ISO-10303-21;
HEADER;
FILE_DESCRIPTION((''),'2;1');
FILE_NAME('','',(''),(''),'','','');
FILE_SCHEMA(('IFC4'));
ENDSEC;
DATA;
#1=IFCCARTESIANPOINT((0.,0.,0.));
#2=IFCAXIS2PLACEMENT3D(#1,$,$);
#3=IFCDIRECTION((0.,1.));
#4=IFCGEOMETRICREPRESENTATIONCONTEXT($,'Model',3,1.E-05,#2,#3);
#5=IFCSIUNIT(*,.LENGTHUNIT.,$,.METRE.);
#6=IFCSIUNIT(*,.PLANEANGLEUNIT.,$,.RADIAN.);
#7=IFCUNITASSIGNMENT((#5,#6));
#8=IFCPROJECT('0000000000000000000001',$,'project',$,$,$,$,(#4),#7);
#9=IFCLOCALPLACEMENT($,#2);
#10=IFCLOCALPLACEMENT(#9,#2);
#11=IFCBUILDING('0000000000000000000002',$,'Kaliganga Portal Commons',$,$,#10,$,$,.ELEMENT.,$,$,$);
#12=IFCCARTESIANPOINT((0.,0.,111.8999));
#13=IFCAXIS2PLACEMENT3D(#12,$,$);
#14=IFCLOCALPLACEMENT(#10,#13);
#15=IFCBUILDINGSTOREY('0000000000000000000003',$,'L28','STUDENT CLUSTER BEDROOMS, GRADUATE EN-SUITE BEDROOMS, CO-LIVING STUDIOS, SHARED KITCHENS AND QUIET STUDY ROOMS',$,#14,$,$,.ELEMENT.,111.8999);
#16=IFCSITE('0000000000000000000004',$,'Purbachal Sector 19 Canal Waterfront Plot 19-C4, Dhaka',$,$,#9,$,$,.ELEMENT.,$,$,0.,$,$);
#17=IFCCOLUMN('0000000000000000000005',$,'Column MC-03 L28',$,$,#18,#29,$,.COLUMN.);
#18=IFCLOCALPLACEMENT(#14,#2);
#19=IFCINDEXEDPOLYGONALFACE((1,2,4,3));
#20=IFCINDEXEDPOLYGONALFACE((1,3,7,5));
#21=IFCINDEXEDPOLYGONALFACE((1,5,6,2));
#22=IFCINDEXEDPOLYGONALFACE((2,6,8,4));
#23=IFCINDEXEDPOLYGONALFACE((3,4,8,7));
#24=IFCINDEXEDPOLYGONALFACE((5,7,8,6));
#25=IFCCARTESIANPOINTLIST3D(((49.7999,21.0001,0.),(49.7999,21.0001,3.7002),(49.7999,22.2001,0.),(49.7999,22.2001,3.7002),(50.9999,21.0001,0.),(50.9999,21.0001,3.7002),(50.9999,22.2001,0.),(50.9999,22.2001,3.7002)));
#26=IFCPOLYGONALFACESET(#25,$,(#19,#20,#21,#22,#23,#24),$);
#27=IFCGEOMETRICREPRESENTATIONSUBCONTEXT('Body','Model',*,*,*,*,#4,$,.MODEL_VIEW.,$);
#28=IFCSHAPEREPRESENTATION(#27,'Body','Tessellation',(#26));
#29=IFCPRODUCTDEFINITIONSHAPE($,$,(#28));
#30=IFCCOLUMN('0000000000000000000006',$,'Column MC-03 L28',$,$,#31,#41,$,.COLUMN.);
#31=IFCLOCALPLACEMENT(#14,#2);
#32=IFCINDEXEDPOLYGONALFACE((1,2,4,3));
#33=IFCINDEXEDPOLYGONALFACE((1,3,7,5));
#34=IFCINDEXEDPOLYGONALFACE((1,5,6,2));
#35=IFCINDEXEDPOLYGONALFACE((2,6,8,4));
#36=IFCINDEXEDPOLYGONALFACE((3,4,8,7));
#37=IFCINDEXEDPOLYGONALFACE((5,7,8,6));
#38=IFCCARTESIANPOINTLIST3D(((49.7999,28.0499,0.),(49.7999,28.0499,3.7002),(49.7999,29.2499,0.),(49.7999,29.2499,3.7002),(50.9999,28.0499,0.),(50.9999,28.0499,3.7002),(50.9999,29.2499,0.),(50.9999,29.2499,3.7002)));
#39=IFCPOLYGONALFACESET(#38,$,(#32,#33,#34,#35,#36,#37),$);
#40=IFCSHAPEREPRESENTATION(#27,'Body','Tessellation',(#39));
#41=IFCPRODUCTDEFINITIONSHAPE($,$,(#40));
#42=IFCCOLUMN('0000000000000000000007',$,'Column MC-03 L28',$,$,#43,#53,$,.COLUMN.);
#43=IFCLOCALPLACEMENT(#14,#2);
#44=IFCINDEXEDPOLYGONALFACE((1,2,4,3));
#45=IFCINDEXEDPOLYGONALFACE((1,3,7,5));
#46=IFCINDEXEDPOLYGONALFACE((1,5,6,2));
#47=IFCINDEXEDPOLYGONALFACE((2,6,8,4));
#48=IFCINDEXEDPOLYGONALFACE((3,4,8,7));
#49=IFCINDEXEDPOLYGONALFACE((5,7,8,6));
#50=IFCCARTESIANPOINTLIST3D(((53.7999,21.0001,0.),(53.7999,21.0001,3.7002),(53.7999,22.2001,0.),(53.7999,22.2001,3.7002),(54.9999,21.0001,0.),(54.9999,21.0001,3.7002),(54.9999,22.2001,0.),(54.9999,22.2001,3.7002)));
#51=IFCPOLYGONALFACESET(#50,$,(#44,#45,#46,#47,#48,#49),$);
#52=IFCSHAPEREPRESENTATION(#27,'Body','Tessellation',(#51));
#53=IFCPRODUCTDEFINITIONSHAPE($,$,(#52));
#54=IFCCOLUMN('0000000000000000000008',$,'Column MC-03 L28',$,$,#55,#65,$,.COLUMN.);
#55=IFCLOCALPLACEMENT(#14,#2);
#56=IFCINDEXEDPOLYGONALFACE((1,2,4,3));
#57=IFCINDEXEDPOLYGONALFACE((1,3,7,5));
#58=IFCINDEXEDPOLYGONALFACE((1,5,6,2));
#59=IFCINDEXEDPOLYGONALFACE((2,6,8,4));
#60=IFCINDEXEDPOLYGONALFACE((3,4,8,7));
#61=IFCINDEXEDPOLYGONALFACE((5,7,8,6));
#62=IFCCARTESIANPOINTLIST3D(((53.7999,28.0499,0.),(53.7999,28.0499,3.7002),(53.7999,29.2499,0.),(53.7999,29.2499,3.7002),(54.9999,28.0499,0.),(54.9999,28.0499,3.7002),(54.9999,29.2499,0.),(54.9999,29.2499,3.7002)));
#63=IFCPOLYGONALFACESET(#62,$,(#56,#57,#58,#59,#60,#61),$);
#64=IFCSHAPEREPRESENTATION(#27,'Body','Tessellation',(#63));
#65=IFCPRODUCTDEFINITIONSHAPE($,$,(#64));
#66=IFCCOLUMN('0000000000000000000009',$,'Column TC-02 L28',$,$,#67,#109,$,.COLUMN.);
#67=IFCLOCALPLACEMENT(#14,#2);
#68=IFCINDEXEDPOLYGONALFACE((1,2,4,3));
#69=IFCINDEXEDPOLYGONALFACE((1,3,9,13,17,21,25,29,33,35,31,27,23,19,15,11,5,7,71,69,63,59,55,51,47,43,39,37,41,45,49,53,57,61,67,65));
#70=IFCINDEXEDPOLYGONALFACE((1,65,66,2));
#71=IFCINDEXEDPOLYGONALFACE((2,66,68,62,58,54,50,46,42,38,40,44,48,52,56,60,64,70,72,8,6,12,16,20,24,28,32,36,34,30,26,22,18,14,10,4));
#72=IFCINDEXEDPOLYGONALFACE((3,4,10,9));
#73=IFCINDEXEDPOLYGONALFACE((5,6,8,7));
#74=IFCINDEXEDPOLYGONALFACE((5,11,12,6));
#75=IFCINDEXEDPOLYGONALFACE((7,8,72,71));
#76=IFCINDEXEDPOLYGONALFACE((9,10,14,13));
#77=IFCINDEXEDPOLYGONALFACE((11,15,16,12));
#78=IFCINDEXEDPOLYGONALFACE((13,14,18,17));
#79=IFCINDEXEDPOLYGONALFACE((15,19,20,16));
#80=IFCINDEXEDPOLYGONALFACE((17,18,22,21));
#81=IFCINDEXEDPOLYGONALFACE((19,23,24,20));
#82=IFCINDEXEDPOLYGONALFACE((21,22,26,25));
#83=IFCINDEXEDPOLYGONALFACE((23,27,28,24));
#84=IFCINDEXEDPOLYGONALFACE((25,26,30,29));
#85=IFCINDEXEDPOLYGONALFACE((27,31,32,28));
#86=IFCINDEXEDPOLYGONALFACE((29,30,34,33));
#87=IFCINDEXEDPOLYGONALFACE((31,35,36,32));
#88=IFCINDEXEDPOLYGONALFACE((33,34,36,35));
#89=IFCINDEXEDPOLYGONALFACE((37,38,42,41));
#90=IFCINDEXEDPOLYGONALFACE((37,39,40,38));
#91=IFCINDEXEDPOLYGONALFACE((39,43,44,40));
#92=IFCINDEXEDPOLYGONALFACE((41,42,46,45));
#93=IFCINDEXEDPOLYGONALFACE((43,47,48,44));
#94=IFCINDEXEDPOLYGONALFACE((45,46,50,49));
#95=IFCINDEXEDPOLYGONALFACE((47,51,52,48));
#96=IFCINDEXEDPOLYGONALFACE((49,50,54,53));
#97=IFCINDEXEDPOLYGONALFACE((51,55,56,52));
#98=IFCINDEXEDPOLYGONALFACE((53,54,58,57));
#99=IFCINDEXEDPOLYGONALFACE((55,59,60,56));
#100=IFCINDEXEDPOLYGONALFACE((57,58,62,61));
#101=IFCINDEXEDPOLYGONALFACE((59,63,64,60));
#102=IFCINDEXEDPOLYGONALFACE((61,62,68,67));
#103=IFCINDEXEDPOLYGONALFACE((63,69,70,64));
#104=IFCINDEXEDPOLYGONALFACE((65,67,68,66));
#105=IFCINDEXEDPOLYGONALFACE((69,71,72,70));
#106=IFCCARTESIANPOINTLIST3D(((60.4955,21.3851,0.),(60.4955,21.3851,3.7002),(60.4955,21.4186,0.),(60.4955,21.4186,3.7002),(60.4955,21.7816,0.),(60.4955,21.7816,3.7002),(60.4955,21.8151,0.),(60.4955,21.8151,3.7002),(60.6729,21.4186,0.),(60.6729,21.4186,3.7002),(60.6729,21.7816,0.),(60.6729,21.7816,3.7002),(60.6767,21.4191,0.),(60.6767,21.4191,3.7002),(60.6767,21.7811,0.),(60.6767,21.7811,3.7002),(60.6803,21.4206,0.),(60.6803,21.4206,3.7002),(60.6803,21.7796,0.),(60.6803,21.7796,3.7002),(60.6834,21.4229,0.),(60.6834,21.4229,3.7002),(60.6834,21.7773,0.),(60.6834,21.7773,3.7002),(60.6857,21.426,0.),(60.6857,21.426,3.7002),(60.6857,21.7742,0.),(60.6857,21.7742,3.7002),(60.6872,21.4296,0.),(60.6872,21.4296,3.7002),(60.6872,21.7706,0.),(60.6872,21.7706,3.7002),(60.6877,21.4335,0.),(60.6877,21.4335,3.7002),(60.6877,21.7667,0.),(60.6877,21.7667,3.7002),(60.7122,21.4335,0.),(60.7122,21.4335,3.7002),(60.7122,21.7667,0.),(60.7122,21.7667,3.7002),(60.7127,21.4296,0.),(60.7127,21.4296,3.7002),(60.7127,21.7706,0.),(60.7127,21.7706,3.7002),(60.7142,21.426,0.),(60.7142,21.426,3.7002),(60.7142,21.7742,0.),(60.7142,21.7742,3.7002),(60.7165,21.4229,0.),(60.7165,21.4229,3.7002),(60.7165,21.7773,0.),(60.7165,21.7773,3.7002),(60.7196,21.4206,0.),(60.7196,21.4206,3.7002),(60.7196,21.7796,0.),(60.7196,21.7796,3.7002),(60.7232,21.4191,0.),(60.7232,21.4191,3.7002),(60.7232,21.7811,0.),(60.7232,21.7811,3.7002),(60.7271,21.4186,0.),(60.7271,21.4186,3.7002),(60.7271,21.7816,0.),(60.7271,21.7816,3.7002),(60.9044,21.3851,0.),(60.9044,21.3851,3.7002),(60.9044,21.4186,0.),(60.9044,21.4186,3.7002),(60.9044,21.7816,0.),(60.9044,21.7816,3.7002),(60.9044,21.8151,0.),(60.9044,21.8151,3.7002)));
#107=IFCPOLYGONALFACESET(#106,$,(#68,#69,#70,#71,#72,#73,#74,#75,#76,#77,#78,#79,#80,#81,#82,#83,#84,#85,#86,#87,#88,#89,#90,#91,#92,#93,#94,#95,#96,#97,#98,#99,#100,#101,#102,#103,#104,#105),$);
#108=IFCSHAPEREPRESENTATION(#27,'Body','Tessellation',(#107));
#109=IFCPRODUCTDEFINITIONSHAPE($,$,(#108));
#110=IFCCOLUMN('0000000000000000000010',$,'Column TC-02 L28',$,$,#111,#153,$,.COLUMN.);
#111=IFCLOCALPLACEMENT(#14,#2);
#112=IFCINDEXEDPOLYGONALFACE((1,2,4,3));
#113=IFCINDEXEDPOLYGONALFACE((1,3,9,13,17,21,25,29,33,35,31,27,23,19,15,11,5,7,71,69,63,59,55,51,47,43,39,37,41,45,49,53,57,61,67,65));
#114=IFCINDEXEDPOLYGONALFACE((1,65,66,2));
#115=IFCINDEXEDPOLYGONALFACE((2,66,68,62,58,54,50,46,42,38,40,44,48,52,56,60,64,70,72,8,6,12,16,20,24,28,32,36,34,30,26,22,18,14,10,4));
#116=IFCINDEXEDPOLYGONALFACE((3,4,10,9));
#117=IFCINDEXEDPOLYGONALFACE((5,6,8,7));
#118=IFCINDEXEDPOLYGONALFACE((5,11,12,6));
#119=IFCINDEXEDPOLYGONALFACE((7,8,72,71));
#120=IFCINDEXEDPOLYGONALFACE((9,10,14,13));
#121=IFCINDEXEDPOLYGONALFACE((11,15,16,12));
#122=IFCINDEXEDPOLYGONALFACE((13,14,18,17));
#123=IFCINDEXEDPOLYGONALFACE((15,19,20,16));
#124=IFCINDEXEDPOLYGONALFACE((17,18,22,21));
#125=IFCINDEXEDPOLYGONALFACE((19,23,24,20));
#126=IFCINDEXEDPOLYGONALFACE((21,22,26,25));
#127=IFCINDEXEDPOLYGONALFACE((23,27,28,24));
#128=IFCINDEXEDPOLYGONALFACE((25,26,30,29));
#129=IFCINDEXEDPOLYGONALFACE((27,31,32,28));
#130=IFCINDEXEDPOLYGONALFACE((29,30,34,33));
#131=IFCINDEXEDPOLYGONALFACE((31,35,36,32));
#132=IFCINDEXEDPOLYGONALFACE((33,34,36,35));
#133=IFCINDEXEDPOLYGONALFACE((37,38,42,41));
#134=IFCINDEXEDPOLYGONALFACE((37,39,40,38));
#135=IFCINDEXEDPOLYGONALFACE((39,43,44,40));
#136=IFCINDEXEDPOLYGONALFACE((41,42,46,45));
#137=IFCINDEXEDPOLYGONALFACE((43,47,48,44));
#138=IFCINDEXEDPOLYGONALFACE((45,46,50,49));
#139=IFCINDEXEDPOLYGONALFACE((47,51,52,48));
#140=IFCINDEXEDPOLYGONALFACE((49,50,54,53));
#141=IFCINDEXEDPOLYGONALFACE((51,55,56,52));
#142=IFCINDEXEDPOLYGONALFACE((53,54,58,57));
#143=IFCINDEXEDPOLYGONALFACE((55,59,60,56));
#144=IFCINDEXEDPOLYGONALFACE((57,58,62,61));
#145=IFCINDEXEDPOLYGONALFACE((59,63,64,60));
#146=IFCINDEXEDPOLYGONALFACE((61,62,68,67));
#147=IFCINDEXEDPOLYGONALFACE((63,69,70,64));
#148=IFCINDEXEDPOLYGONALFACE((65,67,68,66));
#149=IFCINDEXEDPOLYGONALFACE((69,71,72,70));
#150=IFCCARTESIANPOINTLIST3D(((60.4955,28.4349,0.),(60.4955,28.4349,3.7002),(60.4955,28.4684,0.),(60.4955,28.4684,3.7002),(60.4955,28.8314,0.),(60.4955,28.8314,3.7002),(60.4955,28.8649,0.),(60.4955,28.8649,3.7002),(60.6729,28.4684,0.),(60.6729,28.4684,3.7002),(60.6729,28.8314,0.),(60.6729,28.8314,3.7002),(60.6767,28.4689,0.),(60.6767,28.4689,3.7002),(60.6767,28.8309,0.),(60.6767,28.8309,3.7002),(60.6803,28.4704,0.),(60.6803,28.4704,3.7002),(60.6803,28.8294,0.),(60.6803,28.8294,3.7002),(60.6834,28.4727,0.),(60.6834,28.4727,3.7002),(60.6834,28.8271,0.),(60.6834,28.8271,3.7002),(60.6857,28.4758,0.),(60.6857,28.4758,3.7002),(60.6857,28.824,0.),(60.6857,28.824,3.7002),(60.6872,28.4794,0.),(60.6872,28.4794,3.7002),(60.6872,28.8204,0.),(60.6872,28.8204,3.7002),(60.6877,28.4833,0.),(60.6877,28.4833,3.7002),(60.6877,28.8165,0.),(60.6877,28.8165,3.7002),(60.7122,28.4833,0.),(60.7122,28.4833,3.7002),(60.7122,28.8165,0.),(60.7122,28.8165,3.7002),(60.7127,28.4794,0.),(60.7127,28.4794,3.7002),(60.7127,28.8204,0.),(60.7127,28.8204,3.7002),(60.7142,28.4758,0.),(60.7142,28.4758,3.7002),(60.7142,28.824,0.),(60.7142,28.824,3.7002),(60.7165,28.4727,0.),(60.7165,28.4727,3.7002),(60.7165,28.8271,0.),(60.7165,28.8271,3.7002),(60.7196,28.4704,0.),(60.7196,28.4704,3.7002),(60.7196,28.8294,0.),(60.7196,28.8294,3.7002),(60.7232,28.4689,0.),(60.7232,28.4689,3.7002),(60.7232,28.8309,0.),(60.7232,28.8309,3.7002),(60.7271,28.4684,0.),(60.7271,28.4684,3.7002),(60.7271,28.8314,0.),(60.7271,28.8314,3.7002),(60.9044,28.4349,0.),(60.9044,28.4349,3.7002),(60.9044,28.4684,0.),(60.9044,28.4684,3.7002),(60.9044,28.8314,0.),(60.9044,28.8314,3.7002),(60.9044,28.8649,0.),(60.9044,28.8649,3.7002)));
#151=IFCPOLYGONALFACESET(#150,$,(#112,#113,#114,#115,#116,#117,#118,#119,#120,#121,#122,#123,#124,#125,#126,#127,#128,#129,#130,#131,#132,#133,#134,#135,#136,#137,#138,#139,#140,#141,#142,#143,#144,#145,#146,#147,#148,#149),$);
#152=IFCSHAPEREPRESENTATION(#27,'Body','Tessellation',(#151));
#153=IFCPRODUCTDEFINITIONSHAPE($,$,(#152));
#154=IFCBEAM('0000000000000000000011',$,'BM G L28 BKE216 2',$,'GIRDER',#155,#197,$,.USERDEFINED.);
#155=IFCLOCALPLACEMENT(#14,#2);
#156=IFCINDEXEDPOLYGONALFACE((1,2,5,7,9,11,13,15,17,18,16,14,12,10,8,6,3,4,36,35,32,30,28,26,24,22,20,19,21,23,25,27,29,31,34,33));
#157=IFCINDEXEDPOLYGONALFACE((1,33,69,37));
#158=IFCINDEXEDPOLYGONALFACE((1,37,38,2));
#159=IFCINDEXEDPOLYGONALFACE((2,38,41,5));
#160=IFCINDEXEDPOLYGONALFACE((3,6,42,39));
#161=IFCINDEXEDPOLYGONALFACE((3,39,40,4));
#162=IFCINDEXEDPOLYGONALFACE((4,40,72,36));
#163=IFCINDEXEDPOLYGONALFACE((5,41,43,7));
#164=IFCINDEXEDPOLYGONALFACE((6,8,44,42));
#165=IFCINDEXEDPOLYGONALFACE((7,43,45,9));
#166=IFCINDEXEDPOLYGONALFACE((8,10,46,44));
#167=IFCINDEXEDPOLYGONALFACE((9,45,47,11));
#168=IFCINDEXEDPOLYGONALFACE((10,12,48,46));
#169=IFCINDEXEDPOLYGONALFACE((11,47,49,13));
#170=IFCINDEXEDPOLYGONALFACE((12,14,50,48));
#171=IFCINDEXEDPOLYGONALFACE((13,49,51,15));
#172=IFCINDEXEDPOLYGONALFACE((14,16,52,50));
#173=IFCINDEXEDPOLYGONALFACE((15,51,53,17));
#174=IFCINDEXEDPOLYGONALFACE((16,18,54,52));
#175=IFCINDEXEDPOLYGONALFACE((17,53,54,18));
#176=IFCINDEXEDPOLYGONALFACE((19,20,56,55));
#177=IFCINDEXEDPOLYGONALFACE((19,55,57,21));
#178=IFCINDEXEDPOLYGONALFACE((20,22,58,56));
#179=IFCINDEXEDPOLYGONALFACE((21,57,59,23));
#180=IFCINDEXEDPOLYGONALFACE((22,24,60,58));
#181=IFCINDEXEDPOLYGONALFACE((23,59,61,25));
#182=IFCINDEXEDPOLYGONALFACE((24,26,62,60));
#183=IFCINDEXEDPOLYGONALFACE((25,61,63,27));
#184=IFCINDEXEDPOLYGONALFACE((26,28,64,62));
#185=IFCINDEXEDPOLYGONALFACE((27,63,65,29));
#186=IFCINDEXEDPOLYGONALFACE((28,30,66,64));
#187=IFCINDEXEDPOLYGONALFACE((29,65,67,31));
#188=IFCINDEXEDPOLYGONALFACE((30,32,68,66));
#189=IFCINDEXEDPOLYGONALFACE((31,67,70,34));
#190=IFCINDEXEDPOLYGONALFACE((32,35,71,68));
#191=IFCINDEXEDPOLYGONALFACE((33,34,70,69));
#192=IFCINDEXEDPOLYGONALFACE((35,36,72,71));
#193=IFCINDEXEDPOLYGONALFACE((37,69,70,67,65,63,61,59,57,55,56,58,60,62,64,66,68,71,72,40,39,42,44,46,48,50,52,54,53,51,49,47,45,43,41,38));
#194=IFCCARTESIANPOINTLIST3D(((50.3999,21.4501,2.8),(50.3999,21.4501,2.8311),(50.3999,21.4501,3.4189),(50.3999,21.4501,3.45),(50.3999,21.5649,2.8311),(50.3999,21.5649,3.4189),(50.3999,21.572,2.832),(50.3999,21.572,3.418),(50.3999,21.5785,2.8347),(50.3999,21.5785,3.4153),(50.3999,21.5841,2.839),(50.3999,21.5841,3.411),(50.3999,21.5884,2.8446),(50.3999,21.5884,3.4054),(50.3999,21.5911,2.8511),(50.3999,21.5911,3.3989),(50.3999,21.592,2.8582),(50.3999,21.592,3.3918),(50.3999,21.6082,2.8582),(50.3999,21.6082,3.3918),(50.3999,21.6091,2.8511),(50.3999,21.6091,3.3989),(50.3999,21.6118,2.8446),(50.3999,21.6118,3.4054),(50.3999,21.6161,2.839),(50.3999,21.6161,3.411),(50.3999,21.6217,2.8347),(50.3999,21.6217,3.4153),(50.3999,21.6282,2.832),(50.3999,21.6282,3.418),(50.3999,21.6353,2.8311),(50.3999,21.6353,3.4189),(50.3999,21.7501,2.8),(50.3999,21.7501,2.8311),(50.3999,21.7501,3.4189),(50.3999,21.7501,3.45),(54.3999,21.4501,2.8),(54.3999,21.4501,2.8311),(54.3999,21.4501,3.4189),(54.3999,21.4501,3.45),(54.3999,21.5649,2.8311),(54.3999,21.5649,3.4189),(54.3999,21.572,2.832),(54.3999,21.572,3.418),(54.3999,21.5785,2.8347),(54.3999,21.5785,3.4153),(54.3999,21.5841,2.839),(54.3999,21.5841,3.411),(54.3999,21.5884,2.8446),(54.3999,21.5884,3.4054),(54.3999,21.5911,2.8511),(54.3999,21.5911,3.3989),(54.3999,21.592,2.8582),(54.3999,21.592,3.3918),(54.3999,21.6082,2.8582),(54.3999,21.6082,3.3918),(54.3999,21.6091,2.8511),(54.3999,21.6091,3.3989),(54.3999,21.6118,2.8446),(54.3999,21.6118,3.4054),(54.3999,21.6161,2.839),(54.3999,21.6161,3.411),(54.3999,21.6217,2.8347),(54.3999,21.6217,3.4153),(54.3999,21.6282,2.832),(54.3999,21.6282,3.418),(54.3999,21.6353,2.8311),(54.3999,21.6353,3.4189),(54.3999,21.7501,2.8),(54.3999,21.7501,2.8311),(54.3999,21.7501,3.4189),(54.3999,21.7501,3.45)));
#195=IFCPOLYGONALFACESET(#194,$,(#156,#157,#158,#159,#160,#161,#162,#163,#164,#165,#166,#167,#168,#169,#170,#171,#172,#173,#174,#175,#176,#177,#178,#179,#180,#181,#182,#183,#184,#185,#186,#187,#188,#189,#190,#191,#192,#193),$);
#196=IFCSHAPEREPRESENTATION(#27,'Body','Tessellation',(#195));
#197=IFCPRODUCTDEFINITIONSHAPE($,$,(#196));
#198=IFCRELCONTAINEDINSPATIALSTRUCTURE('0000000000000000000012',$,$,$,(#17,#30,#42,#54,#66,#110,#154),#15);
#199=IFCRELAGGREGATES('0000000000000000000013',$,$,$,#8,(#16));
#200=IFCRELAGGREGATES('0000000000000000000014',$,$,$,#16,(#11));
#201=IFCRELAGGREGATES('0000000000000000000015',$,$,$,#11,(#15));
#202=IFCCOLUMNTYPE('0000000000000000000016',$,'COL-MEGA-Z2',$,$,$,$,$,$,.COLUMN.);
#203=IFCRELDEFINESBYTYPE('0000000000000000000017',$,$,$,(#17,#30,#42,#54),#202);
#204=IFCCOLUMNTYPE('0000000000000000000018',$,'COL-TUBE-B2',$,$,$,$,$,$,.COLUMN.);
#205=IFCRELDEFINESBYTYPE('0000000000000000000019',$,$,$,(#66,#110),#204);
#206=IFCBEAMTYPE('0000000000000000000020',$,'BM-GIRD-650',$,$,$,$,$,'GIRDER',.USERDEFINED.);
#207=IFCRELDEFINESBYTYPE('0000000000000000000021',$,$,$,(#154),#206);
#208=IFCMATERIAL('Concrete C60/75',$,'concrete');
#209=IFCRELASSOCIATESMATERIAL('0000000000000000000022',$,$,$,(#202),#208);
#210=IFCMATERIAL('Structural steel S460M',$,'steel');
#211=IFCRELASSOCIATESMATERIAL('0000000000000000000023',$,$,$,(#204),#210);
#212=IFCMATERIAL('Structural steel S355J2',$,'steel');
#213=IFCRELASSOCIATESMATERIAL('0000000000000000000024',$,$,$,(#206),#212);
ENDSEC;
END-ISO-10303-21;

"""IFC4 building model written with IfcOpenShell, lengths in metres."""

from ifc_helpers import new_model, si_unit, direction, frame, origin, origin_2d, place, context, subcontext, project, spatial, rectangle, i_section, extrude, source, transform, mapped, material, material_profile, profile_set, type_object, element, save


model = new_model("IFC4")

# Units and contexts
model_context = context("Model", 3, precision=1e-05, world=origin(), true_north=direction((0.0, 1.0)))
body_context = subcontext(model_context, "Body", "Model", "MODEL_VIEW")
ifc_project = project(units=[si_unit("LENGTHUNIT", "METRE"), si_unit("PLANEANGLEUNIT", "RADIAN")], contexts=[model_context])

# Site, building, storey
site_placement = place(None, origin())
site = spatial("IfcSite", under=ifc_project, at=site_placement, Name="Purbachal Sector 19 Canal Waterfront Plot 19-C4, Dhaka", CompositionType="ELEMENT", RefElevation=0.0)
building_placement = place(site_placement, origin())
building = spatial("IfcBuilding", under=site, at=building_placement, Name="Kaliganga Portal Commons", CompositionType="ELEMENT")
storey_placement = place(building_placement, frame((0.0, 0.0, 111.8999)))
storey = spatial("IfcBuildingStorey", under=building, at=storey_placement, Name="L28", Description="STUDENT CLUSTER BEDROOMS, GRADUATE EN-SUITE BEDROOMS, CO-LIVING STUDIOS, SHARED KITCHENS AND QUIET STUDY ROOMS", CompositionType="ELEMENT", Elevation=111.8999)

# Columns
ifc_material_1 = material(Name="Concrete C60/75", Category="concrete")
ifc_material_profile_1 = material_profile(ifc_material_1, rectangle(XDim=1.2, YDim=1.2, at=origin_2d()), Name="RC 1200x1200")
ifc_profile_set_1 = profile_set([ifc_material_profile_1], Name="Concrete C60/75")
column_type_1 = type_object("IfcColumnType", Name="COL-MEGA-Z2", PredefinedType="COLUMN", material=ifc_profile_set_1)
shared_shape_1 = source(origin(), body_context, "Body", "SweptSolid", [
    extrude(rectangle(XDim=1.2, YDim=1.2, at=origin_2d()), origin(), (0.0, 0.0, 1.0), 3.7002),
])
for number, where, z_axis, x_axis, name in (
    (1, (50.3999, 21.6001, 0.0), (0.0, 0.0, 1.0), (1.0, 0.0, 0.0), "Column MC-03 L28"),
    (2, (50.3999, 28.6499, 0.0), (0.0, 0.0, 1.0), (1.0, 0.0, 0.0), "Column MC-03 L28"),
    (3, (54.3999, 21.6001, 0.0), (0.0, 0.0, 1.0), (1.0, 0.0, 0.0), "Column MC-03 L28"),
    (4, (54.3999, 28.6499, 0.0), (0.0, 0.0, 1.0), (1.0, 0.0, 0.0), "Column MC-03 L28"),
):
    element("IfcColumn", number, at=place(storey_placement, frame(where, z_axis=z_axis, x_axis=x_axis)), inside=storey, type_object=column_type_1, Name=name, PredefinedType="COLUMN", context=body_context, shape_type="MappedRepresentation", body=[
        mapped(shared_shape_1, transform((0.0, 0.0, 0.0), x_axis=(1.0, 0.0, 0.0), y_axis=(0.0, 1.0, 0.0), z_axis=(0.0, 0.0, 1.0), scale=1.0)),
    ])
ifc_material_2 = material(Name="Structural steel S460M", Category="steel")
ifc_material_profile_2 = material_profile(ifc_material_2, i_section(OverallWidth=0.4089, OverallDepth=0.4299, WebThickness=0.0244, FlangeThickness=0.0334, FilletRadius=0.0149, at=origin_2d()), Name="HD 400x421")
ifc_profile_set_2 = profile_set([ifc_material_profile_2], Name="Structural steel S460M wide-flange")
column_type_2 = type_object("IfcColumnType", Name="COL-TUBE-B2", PredefinedType="COLUMN", material=ifc_profile_set_2)
shared_shape_2 = source(origin(), body_context, "Body", "SweptSolid", [
    extrude(i_section(OverallWidth=0.4089, OverallDepth=0.4299, WebThickness=0.0244, FlangeThickness=0.0334, FilletRadius=0.0149, at=origin_2d()), origin(), (0.0, 0.0, 1.0), 3.7002),
])
for number, where, z_axis, x_axis, name in (
    (5, (60.7, 21.6001, 0.0), (0.0, 0.0, 1.0), (1.0, 0.0, 0.0), "Column TC-02 L28"),
    (6, (60.7, 28.6499, 0.0), (0.0, 0.0, 1.0), (1.0, 0.0, 0.0), "Column TC-02 L28"),
):
    element("IfcColumn", number, at=place(storey_placement, frame(where, z_axis=z_axis, x_axis=x_axis)), inside=storey, type_object=column_type_2, Name=name, PredefinedType="COLUMN", context=body_context, shape_type="MappedRepresentation", body=[
        mapped(shared_shape_2, transform((0.0, 0.0, 0.0), x_axis=(1.0, 0.0, 0.0), y_axis=(0.0, 1.0, 0.0), z_axis=(0.0, 0.0, 1.0), scale=1.0)),
    ])

# Beam
ifc_material_3 = material(Name="Structural steel S355J2", Category="steel")
ifc_material_profile_3 = material_profile(ifc_material_3, i_section(OverallWidth=0.3, OverallDepth=0.6499, WebThickness=0.0161, FlangeThickness=0.031, FilletRadius=0.0271, at=origin_2d()), Name="HE 650 B")
ifc_profile_set_3 = profile_set([ifc_material_profile_3], Name="Structural steel S355J2 wide-flange")
beam_type_1 = type_object("IfcBeamType", Name="BM-GIRD-650", ElementType="GIRDER", PredefinedType="USERDEFINED", material=ifc_profile_set_3)
shared_shape_3 = source(origin(), body_context, "Body", "SweptSolid", [
    extrude(i_section(OverallWidth=0.3, OverallDepth=0.6499, WebThickness=0.0161, FlangeThickness=0.031, FilletRadius=0.0271, at=origin_2d()), origin(), (0.0, 0.0, 1.0), 4.0),
])
for number, where, z_axis, x_axis, name in (
    (7, (50.3999, 21.6001, 3.125), (1.0, 0.0, 0.0), (0.0, 1.0, 0.0), "BM G L28 BKE216 2"),
):
    element("IfcBeam", number, at=place(storey_placement, frame(where, z_axis=z_axis, x_axis=x_axis)), inside=storey, type_object=beam_type_1, Name=name, ObjectType="GIRDER", PredefinedType="USERDEFINED", context=body_context, shape_type="MappedRepresentation", body=[
        mapped(shared_shape_3, transform((0.0, 0.0, 0.0), x_axis=(1.0, 0.0, 0.0), y_axis=(0.0, 1.0, 0.0), z_axis=(0.0, 0.0, 1.0), scale=1.0)),
    ])

save(model, "model.ifc")
